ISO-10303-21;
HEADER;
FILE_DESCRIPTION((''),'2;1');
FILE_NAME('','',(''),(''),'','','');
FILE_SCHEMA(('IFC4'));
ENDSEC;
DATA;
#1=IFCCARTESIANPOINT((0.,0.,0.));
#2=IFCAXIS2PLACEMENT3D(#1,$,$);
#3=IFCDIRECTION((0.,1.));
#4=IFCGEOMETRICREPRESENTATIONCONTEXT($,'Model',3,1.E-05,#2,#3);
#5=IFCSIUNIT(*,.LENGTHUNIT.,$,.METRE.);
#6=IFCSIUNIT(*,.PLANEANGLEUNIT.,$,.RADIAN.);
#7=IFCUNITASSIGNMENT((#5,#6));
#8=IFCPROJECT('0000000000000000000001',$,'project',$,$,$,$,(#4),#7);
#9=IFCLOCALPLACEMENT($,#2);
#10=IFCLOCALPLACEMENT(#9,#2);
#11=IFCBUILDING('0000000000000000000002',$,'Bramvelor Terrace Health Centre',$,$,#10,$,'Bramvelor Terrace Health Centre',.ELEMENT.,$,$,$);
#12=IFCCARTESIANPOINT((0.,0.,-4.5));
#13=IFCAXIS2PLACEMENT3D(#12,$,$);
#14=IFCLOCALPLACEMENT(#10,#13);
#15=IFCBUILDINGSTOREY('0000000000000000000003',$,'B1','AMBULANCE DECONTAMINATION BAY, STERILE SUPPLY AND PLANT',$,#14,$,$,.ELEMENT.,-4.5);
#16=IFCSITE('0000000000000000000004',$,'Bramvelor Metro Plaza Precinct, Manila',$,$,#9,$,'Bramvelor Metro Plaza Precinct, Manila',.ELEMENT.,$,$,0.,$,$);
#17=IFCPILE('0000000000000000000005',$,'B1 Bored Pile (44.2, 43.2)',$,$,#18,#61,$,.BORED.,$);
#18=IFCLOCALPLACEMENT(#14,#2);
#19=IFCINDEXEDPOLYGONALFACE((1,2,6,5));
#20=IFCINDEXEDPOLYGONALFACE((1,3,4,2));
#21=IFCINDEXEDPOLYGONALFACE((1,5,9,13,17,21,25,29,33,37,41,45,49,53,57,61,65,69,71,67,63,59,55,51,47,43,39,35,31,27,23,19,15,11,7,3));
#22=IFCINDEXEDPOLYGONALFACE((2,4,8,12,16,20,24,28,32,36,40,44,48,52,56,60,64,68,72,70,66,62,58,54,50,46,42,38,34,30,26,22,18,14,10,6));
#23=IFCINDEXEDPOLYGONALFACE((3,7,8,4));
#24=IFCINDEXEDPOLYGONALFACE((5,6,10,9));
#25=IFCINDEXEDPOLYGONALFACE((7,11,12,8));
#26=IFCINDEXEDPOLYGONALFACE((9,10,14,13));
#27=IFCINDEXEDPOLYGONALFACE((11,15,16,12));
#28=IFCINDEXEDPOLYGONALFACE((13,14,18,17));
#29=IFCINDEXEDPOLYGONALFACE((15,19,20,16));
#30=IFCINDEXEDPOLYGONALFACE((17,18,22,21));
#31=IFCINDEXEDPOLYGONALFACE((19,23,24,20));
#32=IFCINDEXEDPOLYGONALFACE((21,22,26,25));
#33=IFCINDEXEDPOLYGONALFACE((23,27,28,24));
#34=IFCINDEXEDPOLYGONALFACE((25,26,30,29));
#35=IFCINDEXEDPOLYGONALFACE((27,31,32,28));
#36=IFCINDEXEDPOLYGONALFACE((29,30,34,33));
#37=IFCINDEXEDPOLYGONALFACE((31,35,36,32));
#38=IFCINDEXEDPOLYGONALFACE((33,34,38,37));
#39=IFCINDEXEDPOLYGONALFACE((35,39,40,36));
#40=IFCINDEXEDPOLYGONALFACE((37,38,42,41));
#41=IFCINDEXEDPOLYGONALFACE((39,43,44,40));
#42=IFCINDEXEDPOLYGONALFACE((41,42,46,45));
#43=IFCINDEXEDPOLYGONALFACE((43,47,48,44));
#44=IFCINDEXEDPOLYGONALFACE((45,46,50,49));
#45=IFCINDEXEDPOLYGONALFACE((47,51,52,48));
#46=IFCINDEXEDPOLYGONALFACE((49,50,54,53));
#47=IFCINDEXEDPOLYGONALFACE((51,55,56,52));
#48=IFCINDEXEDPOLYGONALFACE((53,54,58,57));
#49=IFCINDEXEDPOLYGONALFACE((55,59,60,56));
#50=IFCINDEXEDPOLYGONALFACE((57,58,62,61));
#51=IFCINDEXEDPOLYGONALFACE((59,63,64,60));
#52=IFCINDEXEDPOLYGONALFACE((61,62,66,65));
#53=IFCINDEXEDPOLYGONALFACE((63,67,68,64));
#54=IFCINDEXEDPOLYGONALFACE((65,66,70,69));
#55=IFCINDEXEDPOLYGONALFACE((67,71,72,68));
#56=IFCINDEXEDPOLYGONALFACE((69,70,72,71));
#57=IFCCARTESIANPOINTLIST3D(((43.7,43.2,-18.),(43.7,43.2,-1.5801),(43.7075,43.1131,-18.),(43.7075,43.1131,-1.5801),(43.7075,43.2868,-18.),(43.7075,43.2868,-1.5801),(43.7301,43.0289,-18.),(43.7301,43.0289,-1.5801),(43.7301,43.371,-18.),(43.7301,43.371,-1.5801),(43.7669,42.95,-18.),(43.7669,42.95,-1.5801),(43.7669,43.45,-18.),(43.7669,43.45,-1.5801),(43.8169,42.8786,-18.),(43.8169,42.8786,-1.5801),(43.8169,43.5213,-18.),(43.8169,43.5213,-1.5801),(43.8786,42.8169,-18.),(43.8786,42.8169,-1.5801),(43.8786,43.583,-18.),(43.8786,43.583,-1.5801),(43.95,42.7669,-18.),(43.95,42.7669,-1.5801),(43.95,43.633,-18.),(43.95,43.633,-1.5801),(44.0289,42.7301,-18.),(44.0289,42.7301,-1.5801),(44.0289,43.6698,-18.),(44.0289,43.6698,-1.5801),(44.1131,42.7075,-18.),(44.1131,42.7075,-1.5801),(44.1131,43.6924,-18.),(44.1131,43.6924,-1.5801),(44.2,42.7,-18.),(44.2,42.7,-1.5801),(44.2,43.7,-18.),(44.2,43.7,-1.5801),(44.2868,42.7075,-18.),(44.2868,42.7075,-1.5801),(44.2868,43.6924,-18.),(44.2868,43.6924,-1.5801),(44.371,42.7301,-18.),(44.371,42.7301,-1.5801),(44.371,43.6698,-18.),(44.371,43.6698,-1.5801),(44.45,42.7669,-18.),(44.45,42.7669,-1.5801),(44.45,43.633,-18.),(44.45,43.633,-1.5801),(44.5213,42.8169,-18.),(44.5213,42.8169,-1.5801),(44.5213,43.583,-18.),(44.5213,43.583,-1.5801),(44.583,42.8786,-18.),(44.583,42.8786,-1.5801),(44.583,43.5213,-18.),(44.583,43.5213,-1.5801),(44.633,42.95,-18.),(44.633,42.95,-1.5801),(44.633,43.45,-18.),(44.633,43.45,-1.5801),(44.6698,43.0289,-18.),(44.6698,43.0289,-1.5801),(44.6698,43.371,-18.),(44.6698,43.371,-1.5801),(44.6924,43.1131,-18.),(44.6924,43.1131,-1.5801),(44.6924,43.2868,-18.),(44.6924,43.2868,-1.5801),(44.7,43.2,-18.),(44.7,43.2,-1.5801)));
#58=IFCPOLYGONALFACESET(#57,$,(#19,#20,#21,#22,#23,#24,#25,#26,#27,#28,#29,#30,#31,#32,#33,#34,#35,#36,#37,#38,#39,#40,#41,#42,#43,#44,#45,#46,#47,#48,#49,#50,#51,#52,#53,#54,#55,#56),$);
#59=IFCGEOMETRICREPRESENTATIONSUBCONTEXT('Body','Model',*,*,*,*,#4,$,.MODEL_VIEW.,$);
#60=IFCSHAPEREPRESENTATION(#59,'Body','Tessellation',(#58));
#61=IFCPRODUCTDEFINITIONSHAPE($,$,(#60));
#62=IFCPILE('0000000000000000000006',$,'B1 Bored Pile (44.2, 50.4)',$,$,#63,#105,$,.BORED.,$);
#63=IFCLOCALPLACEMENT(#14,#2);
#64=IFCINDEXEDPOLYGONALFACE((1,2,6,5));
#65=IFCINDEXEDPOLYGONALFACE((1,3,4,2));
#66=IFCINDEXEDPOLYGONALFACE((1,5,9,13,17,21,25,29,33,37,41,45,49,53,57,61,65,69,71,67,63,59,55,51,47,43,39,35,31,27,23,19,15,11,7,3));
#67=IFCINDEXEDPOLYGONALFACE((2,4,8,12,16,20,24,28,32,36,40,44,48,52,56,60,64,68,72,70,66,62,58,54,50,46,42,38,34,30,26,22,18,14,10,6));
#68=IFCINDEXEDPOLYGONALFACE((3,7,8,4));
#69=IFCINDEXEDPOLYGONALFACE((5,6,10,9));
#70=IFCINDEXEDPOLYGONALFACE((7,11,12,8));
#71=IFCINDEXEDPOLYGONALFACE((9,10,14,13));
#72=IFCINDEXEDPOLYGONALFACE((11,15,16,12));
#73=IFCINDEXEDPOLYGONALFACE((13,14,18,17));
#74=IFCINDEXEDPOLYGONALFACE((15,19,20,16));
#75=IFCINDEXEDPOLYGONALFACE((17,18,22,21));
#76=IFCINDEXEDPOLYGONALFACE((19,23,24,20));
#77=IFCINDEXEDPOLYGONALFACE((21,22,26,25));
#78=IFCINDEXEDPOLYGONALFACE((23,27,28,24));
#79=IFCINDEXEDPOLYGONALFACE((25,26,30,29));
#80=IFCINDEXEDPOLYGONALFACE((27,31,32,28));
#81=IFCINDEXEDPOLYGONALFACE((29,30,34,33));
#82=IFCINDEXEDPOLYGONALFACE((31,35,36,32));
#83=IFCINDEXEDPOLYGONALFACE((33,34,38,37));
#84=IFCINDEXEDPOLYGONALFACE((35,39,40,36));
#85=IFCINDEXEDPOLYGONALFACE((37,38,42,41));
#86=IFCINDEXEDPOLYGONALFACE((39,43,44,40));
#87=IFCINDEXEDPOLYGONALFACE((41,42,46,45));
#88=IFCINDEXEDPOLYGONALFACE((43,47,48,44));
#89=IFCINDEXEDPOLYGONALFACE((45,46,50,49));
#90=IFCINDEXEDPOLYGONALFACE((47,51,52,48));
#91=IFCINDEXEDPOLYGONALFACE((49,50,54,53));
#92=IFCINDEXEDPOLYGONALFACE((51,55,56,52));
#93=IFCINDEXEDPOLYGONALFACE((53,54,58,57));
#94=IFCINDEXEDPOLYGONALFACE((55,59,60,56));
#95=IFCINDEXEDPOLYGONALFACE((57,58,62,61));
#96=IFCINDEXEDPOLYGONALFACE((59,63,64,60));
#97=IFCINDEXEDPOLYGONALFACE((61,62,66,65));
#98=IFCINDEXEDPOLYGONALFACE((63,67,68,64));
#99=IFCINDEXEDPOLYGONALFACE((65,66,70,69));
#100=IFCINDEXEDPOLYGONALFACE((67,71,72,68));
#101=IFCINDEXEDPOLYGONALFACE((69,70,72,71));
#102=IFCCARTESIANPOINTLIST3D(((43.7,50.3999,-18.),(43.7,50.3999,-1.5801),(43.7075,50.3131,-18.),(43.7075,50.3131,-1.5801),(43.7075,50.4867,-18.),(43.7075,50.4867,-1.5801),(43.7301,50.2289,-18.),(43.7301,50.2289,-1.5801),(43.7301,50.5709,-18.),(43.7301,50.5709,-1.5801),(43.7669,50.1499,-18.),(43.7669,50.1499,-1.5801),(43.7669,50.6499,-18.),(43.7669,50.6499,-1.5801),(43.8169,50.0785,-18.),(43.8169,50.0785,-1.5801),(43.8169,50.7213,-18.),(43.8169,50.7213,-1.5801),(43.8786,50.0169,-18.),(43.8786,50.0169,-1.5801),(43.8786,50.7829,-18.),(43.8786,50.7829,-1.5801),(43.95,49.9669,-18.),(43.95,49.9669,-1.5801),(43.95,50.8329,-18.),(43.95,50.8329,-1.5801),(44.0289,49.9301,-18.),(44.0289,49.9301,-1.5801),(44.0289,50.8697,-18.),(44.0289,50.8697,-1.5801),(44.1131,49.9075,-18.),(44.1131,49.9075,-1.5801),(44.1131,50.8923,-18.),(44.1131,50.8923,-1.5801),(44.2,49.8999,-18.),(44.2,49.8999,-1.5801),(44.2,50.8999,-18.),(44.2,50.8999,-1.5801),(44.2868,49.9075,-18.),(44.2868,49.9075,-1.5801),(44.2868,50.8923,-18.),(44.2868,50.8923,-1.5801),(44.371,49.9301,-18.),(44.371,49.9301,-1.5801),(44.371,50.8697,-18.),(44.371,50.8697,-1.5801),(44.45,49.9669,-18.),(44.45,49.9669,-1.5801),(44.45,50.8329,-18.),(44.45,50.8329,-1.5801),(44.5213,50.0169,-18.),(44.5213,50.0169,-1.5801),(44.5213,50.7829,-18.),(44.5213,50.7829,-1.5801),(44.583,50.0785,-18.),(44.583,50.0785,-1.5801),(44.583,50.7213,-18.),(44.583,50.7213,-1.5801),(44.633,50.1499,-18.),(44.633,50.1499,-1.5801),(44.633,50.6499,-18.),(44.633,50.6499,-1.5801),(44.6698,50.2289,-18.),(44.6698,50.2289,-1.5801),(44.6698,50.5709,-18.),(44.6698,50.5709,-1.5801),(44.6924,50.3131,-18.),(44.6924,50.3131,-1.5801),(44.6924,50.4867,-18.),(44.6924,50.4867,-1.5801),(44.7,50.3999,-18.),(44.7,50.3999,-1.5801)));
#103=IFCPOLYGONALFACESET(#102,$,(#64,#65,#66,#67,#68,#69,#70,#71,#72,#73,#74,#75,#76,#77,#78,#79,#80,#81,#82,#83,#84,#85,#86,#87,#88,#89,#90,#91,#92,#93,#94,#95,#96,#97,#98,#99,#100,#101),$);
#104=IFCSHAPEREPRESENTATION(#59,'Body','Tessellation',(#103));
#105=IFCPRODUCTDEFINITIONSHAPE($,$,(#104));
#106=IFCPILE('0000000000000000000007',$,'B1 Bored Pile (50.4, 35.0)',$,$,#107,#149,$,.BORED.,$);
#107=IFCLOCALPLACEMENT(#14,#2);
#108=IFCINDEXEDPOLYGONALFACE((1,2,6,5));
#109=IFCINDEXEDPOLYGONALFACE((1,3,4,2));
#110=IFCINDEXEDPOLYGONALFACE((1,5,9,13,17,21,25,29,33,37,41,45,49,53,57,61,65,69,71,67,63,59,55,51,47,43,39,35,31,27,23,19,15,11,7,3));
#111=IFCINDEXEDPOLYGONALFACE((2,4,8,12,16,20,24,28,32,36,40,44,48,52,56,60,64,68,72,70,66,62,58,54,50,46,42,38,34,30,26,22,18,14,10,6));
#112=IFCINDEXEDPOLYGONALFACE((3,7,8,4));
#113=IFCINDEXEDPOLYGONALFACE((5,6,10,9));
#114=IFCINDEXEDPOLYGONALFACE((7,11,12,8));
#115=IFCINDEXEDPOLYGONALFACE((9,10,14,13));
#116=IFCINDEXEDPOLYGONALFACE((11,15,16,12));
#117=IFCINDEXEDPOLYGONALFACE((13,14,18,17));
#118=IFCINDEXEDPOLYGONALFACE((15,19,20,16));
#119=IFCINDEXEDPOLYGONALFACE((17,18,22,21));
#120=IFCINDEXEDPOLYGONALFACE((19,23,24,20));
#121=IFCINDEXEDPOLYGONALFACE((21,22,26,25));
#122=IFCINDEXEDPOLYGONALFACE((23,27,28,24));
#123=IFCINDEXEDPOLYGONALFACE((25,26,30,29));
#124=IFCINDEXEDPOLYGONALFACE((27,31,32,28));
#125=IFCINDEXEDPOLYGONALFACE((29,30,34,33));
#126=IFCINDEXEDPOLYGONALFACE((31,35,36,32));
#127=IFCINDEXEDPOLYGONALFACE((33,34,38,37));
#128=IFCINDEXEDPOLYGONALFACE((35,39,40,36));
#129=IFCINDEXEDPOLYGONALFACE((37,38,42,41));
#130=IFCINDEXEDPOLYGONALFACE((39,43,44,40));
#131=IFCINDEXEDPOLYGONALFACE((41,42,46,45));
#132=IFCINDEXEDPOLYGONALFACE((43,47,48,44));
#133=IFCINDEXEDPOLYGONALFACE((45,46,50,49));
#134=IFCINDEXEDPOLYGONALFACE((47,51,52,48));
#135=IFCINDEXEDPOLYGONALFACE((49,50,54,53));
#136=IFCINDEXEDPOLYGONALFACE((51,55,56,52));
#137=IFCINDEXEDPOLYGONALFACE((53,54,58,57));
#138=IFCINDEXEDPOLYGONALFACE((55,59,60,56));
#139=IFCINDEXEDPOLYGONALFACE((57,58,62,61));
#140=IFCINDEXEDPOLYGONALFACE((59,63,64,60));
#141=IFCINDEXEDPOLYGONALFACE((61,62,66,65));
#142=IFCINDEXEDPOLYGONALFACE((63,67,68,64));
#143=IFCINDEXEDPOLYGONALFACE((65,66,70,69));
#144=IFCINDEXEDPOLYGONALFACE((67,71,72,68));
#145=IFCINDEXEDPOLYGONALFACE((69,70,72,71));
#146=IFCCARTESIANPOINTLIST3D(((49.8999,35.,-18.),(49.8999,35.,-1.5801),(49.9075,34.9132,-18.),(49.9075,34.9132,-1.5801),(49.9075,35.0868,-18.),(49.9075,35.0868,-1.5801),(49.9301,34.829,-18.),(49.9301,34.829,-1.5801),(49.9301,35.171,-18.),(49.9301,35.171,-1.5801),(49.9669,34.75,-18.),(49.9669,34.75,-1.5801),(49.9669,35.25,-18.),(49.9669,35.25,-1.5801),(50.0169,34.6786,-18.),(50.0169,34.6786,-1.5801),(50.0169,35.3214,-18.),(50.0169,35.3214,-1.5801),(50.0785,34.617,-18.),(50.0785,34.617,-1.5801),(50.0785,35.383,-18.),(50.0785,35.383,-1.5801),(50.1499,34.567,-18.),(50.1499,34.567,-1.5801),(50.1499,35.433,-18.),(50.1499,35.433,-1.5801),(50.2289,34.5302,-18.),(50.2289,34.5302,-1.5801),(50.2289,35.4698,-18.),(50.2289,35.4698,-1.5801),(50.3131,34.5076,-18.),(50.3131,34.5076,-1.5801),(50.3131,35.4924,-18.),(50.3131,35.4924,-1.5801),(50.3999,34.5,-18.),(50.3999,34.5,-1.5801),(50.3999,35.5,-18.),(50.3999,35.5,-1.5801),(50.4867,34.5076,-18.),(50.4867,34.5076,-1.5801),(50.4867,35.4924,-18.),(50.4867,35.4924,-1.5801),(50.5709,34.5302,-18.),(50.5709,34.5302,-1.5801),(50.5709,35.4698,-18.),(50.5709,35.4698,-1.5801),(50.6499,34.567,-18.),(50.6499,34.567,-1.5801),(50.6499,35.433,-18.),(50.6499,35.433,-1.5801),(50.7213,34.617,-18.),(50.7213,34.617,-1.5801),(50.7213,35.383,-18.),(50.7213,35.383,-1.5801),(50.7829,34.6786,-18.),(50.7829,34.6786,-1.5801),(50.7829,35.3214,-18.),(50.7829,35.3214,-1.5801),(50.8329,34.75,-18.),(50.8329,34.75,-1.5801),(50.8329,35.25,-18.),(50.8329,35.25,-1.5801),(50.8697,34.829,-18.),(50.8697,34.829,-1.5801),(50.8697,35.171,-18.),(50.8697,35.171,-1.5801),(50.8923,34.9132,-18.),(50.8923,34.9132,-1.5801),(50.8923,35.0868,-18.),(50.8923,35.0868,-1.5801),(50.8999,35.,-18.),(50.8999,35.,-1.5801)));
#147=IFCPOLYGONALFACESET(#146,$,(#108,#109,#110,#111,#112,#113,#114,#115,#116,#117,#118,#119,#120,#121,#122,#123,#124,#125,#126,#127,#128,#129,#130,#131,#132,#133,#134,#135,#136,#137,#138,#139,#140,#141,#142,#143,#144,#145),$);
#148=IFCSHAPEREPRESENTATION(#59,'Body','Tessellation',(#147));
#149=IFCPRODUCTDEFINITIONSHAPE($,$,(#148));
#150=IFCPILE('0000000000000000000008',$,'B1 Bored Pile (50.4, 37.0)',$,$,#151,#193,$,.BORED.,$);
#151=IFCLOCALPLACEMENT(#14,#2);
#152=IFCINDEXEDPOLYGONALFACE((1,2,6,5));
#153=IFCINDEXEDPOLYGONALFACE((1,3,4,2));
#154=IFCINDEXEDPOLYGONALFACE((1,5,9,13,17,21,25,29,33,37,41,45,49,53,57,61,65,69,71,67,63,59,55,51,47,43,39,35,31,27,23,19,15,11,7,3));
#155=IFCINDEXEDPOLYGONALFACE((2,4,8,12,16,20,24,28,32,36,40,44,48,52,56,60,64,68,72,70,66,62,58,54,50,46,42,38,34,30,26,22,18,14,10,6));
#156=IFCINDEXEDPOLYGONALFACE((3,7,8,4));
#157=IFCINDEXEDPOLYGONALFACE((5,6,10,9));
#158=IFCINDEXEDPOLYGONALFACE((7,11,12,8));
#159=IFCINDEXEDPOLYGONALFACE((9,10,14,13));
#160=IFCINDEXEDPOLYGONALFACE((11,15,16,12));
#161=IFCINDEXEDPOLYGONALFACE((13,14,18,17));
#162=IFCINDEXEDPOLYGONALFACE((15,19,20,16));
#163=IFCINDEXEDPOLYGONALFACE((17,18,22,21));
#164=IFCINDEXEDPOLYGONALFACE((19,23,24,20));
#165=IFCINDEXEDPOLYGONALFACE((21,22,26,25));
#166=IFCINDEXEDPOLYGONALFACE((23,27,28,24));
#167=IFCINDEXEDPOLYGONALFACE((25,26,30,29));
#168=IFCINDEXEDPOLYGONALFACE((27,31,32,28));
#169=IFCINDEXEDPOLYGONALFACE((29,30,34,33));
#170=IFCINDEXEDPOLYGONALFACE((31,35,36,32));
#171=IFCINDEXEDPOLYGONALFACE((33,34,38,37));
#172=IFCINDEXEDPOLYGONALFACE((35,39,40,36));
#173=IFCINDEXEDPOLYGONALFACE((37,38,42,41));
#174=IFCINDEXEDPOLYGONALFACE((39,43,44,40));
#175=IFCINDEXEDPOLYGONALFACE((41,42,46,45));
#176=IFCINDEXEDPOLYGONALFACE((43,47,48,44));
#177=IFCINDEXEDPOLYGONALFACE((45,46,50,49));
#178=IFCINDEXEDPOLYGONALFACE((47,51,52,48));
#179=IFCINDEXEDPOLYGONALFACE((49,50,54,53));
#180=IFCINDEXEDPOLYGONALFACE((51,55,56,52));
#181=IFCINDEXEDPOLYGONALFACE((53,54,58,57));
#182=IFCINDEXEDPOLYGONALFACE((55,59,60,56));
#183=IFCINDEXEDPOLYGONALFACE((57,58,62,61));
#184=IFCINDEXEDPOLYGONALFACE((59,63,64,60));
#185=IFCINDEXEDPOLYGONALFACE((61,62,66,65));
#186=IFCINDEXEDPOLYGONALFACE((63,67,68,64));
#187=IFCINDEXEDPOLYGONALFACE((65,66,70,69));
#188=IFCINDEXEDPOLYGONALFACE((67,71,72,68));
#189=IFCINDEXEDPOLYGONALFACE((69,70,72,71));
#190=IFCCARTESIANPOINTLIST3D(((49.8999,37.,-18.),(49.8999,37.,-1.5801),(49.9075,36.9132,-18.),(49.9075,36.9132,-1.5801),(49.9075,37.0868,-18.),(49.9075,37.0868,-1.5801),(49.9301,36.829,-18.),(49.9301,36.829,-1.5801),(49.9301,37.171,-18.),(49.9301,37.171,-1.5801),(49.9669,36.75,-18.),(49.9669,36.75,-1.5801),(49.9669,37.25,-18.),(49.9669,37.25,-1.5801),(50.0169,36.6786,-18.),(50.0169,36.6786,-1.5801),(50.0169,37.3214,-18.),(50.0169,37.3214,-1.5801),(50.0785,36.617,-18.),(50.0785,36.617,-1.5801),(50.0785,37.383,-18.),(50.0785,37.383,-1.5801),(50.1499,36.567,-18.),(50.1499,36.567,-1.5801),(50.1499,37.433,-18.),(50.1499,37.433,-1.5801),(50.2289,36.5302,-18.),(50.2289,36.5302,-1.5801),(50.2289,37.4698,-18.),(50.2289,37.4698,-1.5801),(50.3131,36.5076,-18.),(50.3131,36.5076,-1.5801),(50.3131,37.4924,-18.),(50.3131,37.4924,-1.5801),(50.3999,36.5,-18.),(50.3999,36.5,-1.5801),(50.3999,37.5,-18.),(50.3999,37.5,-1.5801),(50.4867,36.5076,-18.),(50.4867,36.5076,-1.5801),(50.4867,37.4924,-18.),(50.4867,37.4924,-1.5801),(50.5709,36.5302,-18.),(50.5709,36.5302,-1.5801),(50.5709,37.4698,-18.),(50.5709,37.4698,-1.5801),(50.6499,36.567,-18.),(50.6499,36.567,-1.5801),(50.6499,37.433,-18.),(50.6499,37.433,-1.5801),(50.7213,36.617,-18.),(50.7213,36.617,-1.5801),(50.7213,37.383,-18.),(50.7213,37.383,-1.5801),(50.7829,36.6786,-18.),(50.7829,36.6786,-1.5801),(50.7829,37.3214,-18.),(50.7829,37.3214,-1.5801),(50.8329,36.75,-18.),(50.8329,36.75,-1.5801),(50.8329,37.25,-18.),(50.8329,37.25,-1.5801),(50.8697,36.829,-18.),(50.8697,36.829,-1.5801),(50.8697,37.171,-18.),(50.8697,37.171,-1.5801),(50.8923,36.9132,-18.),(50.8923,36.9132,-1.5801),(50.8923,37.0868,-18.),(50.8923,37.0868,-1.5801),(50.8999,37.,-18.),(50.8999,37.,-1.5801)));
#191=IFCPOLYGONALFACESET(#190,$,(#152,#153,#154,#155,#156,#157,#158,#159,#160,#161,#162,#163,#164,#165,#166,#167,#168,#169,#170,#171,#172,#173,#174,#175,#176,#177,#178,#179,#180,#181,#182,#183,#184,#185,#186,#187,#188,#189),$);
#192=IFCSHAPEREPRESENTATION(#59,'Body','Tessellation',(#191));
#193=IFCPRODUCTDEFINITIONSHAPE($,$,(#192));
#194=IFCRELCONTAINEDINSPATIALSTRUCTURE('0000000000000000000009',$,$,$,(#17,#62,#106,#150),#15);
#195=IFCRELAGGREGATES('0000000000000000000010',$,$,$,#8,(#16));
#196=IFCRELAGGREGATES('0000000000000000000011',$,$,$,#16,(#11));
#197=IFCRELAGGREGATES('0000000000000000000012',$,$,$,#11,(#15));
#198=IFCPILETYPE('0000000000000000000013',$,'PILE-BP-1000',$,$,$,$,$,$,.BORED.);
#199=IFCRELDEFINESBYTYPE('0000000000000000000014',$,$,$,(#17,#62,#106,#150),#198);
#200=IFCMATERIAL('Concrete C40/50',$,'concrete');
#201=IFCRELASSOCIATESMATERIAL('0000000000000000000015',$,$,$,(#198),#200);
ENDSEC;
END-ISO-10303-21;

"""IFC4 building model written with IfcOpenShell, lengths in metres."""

from ifc_helpers import new_model, si_unit, direction, frame, origin, origin_2d, place, context, subcontext, project, spatial, circle, extrude, material, material_profile, profile_set, type_object, element, save


model = new_model("IFC4")

# Units and contexts
model_context = context("Model", 3, precision=1e-05, world=origin(), true_north=direction((0.0, 1.0)))
body_context = subcontext(model_context, "Body", "Model", "MODEL_VIEW")
ifc_project = project(units=[si_unit("LENGTHUNIT", "METRE"), si_unit("PLANEANGLEUNIT", "RADIAN")], contexts=[model_context])

# Site, building, storey
site_placement = place(None, origin())
site = spatial("IfcSite", under=ifc_project, at=site_placement, Name="Bramvelor Metro Plaza Precinct, Manila", LongName="Bramvelor Metro Plaza Precinct, Manila", CompositionType="ELEMENT", RefElevation=0.0)
building_placement = place(site_placement, origin())
building = spatial("IfcBuilding", under=site, at=building_placement, Name="Bramvelor Terrace Health Centre", LongName="Bramvelor Terrace Health Centre", CompositionType="ELEMENT")
storey_placement = place(building_placement, frame((0.0, 0.0, -4.5)))
storey = spatial("IfcBuildingStorey", under=building, at=storey_placement, Name="B1", Description="AMBULANCE DECONTAMINATION BAY, STERILE SUPPLY AND PLANT", CompositionType="ELEMENT", Elevation=-4.5)

# Piles
ifc_material_1 = material(Name="Concrete C40/50", Category="concrete")
ifc_material_profile_1 = material_profile(ifc_material_1, circle(Radius=0.5, at=origin_2d()), Name="BP D1000")
ifc_profile_set_1 = profile_set([ifc_material_profile_1], Name="Concrete C40/50")
pile_type = type_object("IfcPileType", Name="PILE-BP-1000", PredefinedType="BORED", material=ifc_profile_set_1)
for number, where, z_axis, x_axis, name in (
    (1, (44.2, 43.2, -1.5801), (0.0, 0.0, -1.0), (1.0, 0.0, 0.0), "B1 Bored Pile (44.2, 43.2)"),
    (2, (44.2, 50.3999, -1.5801), (0.0, 0.0, -1.0), (1.0, 0.0, 0.0), "B1 Bored Pile (44.2, 50.4)"),
    (3, (50.3999, 35.0, -1.5801), (0.0, 0.0, -1.0), (1.0, 0.0, 0.0), "B1 Bored Pile (50.4, 35.0)"),
    (4, (50.3999, 37.0, -1.5801), (0.0, 0.0, -1.0), (1.0, 0.0, 0.0), "B1 Bored Pile (50.4, 37.0)"),
):
    element("IfcPile", number, at=place(storey_placement, frame(where, z_axis=z_axis, x_axis=x_axis)), inside=storey, type_object=pile_type, Name=name, PredefinedType="BORED", context=body_context, shape_type="SweptSolid", body=[
        extrude(circle(Radius=0.5, at=origin_2d()), origin(), (0.0, 0.0, 1.0), 16.4199),
    ])

save(model, "model.ifc")
